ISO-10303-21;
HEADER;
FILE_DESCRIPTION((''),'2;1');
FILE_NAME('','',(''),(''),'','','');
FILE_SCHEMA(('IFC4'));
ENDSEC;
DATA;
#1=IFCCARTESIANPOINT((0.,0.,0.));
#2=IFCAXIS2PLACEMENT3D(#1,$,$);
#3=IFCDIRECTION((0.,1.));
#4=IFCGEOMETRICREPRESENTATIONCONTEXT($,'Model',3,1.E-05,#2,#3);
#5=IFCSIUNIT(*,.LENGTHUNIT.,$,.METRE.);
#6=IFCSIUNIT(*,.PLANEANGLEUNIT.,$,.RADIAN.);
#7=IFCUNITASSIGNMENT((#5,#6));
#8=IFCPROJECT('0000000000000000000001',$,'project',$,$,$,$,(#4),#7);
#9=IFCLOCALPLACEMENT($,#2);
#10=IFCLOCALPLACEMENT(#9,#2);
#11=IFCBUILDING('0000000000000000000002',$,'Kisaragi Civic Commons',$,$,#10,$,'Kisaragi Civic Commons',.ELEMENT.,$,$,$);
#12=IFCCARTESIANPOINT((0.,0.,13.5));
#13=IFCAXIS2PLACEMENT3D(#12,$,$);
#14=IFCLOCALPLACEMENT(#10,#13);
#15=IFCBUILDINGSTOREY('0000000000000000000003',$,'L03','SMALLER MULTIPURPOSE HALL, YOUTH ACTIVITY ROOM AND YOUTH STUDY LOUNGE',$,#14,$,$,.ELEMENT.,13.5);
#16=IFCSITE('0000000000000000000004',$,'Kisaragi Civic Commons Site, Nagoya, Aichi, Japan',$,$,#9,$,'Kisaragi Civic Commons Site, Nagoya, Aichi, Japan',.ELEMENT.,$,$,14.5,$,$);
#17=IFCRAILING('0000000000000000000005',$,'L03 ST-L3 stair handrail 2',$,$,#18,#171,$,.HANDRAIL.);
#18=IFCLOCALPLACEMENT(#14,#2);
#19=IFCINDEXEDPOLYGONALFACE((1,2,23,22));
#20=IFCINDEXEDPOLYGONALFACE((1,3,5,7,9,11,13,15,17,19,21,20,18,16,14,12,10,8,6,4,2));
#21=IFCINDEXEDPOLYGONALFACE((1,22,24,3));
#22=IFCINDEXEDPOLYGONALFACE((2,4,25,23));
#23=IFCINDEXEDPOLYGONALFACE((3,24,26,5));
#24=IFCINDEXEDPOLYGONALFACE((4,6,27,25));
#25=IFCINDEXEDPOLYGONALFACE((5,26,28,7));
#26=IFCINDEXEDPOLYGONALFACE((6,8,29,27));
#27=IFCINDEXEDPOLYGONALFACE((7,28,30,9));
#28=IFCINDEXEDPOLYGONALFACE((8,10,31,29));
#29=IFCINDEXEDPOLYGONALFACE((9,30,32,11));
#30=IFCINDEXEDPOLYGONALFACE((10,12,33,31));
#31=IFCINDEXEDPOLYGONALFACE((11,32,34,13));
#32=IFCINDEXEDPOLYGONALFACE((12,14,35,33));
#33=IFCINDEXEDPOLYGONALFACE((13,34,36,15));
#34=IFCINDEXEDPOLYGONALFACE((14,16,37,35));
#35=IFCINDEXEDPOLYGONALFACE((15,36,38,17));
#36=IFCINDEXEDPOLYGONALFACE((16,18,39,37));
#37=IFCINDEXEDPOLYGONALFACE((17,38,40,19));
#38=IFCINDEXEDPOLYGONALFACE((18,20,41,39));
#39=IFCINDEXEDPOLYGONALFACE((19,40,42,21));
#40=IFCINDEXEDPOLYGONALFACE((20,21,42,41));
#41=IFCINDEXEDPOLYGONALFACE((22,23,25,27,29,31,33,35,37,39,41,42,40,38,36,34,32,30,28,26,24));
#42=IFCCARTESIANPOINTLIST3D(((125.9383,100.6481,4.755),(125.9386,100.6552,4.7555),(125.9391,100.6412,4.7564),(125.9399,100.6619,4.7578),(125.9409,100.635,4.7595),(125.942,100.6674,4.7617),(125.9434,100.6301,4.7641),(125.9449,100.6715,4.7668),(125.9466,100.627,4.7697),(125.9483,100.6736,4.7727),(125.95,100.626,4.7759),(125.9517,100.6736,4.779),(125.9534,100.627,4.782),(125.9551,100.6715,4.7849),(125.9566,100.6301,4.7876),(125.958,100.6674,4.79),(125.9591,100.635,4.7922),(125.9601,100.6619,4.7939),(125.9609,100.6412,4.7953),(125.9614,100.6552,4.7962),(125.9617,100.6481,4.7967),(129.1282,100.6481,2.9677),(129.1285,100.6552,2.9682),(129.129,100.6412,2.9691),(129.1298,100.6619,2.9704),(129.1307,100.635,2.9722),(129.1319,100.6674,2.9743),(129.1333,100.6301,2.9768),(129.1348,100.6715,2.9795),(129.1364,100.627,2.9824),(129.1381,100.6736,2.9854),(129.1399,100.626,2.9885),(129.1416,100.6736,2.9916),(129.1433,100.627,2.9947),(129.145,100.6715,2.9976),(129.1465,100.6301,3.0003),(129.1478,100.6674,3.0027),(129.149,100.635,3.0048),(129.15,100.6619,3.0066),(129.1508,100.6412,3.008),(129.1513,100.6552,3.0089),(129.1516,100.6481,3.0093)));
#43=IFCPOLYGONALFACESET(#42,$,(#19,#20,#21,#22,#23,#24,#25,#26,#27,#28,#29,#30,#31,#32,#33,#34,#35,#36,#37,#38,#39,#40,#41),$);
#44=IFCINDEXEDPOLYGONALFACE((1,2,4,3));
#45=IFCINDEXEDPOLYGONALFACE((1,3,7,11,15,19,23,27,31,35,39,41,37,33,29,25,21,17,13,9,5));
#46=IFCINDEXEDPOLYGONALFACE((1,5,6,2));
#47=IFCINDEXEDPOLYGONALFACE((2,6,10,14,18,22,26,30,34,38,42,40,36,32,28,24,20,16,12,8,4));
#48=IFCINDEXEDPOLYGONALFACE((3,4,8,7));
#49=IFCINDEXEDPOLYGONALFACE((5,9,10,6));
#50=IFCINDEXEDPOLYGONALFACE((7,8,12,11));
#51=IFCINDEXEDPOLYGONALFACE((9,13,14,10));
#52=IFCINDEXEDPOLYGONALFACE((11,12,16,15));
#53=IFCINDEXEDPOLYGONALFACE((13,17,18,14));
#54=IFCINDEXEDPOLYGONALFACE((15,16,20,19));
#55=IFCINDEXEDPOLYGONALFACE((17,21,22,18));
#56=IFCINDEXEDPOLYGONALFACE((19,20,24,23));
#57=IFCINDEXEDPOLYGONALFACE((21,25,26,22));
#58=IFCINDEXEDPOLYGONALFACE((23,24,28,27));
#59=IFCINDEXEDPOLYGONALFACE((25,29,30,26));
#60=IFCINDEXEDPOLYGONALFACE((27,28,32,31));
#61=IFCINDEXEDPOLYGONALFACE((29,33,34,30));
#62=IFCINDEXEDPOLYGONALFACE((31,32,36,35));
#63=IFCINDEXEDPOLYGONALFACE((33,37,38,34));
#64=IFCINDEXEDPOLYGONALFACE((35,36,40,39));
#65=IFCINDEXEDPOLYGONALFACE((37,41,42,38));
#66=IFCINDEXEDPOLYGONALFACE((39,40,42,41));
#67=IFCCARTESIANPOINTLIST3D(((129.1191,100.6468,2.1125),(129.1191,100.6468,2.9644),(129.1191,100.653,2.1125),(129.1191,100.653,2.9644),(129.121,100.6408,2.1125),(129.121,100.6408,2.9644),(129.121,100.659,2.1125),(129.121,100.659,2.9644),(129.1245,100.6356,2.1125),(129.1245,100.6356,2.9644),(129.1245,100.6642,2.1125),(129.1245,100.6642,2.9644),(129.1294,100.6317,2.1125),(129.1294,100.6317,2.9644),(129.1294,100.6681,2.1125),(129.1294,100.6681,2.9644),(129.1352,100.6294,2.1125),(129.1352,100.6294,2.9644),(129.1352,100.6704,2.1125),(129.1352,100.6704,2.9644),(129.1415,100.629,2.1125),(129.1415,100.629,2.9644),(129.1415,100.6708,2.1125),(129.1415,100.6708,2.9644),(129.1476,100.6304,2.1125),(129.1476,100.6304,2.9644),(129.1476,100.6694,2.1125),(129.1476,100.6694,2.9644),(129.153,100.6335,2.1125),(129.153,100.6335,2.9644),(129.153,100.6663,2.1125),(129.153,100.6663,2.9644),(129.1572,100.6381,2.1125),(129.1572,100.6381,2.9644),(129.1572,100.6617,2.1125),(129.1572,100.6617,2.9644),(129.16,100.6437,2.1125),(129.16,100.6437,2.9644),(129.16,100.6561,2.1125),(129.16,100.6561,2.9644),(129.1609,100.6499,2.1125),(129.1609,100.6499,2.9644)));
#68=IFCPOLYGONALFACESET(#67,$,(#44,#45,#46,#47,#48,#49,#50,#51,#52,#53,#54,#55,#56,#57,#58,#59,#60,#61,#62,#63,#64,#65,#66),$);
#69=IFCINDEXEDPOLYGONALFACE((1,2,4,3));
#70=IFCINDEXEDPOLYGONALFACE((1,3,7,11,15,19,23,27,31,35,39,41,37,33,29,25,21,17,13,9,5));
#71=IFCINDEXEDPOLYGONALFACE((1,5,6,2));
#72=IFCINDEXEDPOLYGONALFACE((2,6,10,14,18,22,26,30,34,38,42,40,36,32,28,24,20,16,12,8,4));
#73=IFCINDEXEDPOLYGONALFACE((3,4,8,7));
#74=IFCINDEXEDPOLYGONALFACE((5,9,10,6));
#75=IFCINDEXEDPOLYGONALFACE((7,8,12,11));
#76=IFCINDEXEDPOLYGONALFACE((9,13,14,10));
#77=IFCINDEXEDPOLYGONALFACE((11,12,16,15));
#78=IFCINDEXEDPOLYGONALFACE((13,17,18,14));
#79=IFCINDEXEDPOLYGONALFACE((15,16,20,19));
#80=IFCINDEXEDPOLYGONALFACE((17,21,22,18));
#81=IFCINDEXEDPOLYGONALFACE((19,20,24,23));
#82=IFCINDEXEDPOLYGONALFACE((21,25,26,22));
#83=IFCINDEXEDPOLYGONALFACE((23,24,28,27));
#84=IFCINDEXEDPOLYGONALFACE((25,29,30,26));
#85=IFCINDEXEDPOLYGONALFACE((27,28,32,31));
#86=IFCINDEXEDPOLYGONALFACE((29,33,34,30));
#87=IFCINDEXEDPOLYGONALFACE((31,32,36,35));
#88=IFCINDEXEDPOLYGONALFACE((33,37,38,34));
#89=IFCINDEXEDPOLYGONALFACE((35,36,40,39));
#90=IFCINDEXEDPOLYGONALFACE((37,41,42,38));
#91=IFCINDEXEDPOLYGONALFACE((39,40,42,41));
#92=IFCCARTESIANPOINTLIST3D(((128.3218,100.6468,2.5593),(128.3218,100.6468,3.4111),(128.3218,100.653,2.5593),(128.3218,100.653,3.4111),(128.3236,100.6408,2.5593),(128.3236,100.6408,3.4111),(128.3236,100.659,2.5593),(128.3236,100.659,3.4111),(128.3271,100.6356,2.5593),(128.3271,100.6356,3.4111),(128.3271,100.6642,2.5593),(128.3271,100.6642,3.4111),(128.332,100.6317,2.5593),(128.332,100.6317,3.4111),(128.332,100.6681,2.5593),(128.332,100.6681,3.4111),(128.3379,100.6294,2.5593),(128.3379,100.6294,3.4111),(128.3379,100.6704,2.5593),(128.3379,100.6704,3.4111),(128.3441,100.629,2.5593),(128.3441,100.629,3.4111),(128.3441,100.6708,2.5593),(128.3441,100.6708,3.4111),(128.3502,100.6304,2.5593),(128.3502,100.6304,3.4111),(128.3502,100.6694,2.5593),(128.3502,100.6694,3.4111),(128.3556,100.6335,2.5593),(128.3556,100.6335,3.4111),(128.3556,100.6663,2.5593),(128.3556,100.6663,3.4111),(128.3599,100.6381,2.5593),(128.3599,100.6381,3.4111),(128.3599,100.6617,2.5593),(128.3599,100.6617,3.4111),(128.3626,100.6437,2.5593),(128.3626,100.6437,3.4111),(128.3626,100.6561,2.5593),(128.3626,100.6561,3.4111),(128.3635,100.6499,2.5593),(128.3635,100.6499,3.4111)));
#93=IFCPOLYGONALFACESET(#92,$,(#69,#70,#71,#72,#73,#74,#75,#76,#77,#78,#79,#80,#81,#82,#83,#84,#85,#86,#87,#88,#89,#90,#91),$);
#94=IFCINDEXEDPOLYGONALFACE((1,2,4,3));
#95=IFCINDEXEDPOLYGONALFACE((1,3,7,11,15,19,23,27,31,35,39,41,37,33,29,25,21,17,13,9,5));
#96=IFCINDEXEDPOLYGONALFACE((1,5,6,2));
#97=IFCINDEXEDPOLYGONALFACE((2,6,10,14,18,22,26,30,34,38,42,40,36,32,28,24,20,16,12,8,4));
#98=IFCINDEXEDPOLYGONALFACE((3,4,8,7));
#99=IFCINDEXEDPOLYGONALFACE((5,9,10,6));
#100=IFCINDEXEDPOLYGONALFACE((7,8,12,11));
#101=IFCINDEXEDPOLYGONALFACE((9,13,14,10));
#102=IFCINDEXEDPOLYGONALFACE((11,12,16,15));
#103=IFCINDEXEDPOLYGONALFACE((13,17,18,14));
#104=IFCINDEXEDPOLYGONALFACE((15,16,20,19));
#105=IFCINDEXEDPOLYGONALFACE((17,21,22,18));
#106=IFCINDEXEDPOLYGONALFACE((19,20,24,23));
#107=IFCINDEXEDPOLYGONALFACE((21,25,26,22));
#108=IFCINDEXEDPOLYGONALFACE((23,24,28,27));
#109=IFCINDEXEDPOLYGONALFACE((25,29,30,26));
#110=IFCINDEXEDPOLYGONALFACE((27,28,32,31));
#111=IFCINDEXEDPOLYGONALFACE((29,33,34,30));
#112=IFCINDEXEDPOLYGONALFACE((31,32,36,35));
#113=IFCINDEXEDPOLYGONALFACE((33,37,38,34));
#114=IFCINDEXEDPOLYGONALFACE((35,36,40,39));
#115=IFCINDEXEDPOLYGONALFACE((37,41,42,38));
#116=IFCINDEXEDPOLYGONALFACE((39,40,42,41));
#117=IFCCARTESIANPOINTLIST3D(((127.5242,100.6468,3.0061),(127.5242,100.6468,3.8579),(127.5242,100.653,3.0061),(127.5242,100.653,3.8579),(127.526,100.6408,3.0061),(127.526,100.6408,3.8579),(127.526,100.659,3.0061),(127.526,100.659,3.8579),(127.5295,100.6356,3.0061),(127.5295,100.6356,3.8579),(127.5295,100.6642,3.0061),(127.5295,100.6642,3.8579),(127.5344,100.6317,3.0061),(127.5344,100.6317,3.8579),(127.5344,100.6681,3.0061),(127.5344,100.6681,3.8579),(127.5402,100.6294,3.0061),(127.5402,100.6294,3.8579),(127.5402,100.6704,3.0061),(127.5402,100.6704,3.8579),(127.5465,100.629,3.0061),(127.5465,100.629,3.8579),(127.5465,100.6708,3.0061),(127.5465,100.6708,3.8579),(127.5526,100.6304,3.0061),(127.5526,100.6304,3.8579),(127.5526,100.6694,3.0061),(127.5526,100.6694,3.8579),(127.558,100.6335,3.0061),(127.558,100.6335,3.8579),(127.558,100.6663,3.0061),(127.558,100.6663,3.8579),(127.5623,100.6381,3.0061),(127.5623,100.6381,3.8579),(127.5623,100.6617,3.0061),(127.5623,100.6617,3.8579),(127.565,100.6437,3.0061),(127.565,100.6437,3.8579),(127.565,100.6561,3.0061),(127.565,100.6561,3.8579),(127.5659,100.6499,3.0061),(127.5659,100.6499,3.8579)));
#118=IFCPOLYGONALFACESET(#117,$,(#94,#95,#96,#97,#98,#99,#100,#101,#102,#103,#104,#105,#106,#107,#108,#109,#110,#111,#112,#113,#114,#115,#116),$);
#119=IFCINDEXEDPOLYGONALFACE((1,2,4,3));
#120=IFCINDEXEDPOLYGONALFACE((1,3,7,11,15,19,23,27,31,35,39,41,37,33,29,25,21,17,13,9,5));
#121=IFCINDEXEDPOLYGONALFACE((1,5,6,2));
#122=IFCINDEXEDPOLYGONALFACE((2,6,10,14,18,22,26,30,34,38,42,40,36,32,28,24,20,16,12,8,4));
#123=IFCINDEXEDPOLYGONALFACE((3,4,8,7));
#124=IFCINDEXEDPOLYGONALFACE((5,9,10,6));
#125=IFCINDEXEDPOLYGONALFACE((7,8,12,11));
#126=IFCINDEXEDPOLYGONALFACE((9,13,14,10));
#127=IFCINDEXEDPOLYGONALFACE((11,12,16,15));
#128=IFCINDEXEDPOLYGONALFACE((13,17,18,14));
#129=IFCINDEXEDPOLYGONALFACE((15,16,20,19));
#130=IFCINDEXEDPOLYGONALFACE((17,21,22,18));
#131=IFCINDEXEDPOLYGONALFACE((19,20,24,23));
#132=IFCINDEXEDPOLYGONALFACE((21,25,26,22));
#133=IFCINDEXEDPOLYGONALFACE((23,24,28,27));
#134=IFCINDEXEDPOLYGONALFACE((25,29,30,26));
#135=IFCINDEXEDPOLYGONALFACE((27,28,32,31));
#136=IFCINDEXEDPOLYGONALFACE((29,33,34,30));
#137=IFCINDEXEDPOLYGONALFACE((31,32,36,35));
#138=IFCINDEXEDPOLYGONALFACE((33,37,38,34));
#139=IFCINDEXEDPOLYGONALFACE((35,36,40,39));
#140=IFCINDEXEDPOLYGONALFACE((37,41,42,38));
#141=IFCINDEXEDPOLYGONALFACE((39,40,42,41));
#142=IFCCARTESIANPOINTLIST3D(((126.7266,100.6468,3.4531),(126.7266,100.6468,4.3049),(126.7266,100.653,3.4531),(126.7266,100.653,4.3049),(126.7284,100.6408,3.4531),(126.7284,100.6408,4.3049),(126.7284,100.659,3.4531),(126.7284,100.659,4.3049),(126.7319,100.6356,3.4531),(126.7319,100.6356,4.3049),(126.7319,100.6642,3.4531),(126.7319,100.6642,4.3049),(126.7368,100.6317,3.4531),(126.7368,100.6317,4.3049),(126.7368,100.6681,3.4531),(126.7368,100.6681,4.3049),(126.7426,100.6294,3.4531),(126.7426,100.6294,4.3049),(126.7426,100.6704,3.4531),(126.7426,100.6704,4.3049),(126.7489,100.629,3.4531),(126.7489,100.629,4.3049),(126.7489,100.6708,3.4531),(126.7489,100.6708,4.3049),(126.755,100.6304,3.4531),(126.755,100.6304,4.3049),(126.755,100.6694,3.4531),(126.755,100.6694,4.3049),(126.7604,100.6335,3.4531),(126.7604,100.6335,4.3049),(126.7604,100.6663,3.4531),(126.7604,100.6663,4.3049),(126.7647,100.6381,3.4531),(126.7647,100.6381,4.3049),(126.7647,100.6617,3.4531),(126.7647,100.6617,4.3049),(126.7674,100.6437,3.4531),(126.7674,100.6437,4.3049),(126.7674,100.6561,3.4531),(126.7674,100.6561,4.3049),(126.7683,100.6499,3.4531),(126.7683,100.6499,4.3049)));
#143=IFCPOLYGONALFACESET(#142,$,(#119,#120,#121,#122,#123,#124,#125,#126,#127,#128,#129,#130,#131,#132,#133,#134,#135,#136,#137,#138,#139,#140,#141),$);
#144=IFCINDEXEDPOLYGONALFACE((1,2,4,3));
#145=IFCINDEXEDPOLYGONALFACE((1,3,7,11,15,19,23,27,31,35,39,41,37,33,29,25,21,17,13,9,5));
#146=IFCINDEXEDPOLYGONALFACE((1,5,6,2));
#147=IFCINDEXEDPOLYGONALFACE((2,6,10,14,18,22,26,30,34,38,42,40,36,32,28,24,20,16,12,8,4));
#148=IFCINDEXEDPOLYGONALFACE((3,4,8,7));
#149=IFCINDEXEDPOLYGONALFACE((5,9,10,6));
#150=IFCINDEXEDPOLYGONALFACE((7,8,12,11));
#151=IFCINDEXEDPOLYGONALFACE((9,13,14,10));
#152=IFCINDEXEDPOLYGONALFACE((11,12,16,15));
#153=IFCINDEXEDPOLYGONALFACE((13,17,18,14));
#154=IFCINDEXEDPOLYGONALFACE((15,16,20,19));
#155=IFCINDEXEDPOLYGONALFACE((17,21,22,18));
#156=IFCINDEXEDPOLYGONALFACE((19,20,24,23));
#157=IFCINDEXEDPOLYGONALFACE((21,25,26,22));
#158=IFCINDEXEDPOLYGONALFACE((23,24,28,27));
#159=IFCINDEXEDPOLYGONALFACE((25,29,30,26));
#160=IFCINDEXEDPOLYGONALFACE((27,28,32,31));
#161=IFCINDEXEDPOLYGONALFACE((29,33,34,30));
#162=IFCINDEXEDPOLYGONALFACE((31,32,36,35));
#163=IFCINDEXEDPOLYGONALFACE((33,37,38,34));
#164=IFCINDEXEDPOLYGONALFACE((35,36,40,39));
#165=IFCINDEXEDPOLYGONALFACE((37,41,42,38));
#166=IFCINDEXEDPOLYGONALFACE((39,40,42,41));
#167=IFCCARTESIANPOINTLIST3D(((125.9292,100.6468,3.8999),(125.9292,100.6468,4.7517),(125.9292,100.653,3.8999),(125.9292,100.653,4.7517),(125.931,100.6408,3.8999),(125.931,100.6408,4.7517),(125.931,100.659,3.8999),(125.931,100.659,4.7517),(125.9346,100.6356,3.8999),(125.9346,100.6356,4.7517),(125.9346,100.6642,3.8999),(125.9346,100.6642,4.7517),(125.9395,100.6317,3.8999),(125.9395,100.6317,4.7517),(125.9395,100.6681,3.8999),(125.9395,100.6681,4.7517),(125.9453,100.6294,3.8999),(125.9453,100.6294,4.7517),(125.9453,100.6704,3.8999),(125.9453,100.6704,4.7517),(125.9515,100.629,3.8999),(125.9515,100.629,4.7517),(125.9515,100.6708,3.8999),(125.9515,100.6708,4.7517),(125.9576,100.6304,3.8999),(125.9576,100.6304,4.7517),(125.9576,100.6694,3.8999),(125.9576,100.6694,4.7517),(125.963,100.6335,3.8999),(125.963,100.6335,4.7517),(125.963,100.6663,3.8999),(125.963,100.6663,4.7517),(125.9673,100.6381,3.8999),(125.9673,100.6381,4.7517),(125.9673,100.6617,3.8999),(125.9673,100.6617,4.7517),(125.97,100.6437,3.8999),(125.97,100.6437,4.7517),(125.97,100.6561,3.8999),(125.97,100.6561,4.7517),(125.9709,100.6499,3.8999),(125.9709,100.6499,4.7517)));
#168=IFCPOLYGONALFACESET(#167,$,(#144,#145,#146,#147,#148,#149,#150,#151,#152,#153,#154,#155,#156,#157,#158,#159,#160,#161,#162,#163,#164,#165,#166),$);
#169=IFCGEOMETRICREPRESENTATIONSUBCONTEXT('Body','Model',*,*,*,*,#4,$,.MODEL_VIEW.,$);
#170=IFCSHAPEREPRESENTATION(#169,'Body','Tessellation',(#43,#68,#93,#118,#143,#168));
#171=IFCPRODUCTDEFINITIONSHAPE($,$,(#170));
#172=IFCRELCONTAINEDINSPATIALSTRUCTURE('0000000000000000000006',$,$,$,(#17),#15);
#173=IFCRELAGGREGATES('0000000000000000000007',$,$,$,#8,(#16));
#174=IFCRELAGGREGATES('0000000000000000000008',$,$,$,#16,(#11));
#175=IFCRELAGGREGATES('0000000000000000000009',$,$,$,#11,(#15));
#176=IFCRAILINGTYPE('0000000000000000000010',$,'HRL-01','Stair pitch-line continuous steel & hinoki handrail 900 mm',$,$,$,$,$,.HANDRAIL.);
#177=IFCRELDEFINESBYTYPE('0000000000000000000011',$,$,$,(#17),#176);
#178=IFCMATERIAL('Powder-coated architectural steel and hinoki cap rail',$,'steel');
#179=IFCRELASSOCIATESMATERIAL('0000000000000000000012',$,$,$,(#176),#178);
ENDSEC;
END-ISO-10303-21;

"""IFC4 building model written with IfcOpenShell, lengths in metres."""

from ifc_helpers import new_model, si_unit, direction, frame, origin, origin_2d, place, context, subcontext, project, spatial, circle, extrude, material, type_object, element, save


model = new_model("IFC4")

# Units and contexts
model_context = context("Model", 3, precision=1e-05, world=origin(), true_north=direction((0.0, 1.0)))
body_context = subcontext(model_context, "Body", "Model", "MODEL_VIEW")
ifc_project = project(units=[si_unit("LENGTHUNIT", "METRE"), si_unit("PLANEANGLEUNIT", "RADIAN")], contexts=[model_context])

# Site, building, storey
site_placement = place(None, origin())
site = spatial("IfcSite", under=ifc_project, at=site_placement, Name="Kisaragi Civic Commons Site, Nagoya, Aichi, Japan", LongName="Kisaragi Civic Commons Site, Nagoya, Aichi, Japan", CompositionType="ELEMENT", RefElevation=14.5)
building_placement = place(site_placement, origin())
building = spatial("IfcBuilding", under=site, at=building_placement, Name="Kisaragi Civic Commons", LongName="Kisaragi Civic Commons", CompositionType="ELEMENT")
storey_placement = place(building_placement, frame((0.0, 0.0, 13.5)))
storey = spatial("IfcBuildingStorey", under=building, at=storey_placement, Name="L03", Description="SMALLER MULTIPURPOSE HALL, YOUTH ACTIVITY ROOM AND YOUTH STUDY LOUNGE", CompositionType="ELEMENT", Elevation=13.5)

# Railing
ifc_material_1 = material(Name="Powder-coated architectural steel and hinoki cap rail", Category="steel")
railing_type_1 = type_object("IfcRailingType", Name="HRL-01", Description="Stair pitch-line continuous steel & hinoki handrail 900 mm", PredefinedType="HANDRAIL", material=ifc_material_1)
railing_1_placement = place(storey_placement, frame((129.1399, 100.6499, 2.1125)))
element("IfcRailing", 1, at=railing_1_placement, inside=storey, type_object=railing_type_1, Name="L03 ST-L3 stair handrail 2", PredefinedType="HANDRAIL", context=body_context, shape_type="SweptSolid", body=[
    extrude(circle(Radius=0.0239, at=origin_2d()), frame((0.0, 0.0, 0.876), z_axis=(-0.872391, 0.0, 0.488809), x_axis=(0.0, -1.0, 0.0)), (0.0, 0.0, 1.0), 3.6565),
    extrude(circle(Radius=0.021, at=origin_2d()), origin(), (0.0, 0.0, 1.0), 0.8518),
    extrude(circle(Radius=0.021, at=origin_2d()), frame((-0.7974, 0.0, 0.4468)), (0.0, 0.0, 1.0), 0.8518),
    extrude(circle(Radius=0.021, at=origin_2d()), frame((-1.595, 0.0, 0.8936)), (0.0, 0.0, 1.0), 0.8518),
    extrude(circle(Radius=0.021, at=origin_2d()), frame((-2.3926, 0.0, 1.3406)), (0.0, 0.0, 1.0), 0.8518),
    extrude(circle(Radius=0.021, at=origin_2d()), frame((-3.1899, 0.0, 1.7874)), (0.0, 0.0, 1.0), 0.8518),
])

save(model, "model.ifc")
